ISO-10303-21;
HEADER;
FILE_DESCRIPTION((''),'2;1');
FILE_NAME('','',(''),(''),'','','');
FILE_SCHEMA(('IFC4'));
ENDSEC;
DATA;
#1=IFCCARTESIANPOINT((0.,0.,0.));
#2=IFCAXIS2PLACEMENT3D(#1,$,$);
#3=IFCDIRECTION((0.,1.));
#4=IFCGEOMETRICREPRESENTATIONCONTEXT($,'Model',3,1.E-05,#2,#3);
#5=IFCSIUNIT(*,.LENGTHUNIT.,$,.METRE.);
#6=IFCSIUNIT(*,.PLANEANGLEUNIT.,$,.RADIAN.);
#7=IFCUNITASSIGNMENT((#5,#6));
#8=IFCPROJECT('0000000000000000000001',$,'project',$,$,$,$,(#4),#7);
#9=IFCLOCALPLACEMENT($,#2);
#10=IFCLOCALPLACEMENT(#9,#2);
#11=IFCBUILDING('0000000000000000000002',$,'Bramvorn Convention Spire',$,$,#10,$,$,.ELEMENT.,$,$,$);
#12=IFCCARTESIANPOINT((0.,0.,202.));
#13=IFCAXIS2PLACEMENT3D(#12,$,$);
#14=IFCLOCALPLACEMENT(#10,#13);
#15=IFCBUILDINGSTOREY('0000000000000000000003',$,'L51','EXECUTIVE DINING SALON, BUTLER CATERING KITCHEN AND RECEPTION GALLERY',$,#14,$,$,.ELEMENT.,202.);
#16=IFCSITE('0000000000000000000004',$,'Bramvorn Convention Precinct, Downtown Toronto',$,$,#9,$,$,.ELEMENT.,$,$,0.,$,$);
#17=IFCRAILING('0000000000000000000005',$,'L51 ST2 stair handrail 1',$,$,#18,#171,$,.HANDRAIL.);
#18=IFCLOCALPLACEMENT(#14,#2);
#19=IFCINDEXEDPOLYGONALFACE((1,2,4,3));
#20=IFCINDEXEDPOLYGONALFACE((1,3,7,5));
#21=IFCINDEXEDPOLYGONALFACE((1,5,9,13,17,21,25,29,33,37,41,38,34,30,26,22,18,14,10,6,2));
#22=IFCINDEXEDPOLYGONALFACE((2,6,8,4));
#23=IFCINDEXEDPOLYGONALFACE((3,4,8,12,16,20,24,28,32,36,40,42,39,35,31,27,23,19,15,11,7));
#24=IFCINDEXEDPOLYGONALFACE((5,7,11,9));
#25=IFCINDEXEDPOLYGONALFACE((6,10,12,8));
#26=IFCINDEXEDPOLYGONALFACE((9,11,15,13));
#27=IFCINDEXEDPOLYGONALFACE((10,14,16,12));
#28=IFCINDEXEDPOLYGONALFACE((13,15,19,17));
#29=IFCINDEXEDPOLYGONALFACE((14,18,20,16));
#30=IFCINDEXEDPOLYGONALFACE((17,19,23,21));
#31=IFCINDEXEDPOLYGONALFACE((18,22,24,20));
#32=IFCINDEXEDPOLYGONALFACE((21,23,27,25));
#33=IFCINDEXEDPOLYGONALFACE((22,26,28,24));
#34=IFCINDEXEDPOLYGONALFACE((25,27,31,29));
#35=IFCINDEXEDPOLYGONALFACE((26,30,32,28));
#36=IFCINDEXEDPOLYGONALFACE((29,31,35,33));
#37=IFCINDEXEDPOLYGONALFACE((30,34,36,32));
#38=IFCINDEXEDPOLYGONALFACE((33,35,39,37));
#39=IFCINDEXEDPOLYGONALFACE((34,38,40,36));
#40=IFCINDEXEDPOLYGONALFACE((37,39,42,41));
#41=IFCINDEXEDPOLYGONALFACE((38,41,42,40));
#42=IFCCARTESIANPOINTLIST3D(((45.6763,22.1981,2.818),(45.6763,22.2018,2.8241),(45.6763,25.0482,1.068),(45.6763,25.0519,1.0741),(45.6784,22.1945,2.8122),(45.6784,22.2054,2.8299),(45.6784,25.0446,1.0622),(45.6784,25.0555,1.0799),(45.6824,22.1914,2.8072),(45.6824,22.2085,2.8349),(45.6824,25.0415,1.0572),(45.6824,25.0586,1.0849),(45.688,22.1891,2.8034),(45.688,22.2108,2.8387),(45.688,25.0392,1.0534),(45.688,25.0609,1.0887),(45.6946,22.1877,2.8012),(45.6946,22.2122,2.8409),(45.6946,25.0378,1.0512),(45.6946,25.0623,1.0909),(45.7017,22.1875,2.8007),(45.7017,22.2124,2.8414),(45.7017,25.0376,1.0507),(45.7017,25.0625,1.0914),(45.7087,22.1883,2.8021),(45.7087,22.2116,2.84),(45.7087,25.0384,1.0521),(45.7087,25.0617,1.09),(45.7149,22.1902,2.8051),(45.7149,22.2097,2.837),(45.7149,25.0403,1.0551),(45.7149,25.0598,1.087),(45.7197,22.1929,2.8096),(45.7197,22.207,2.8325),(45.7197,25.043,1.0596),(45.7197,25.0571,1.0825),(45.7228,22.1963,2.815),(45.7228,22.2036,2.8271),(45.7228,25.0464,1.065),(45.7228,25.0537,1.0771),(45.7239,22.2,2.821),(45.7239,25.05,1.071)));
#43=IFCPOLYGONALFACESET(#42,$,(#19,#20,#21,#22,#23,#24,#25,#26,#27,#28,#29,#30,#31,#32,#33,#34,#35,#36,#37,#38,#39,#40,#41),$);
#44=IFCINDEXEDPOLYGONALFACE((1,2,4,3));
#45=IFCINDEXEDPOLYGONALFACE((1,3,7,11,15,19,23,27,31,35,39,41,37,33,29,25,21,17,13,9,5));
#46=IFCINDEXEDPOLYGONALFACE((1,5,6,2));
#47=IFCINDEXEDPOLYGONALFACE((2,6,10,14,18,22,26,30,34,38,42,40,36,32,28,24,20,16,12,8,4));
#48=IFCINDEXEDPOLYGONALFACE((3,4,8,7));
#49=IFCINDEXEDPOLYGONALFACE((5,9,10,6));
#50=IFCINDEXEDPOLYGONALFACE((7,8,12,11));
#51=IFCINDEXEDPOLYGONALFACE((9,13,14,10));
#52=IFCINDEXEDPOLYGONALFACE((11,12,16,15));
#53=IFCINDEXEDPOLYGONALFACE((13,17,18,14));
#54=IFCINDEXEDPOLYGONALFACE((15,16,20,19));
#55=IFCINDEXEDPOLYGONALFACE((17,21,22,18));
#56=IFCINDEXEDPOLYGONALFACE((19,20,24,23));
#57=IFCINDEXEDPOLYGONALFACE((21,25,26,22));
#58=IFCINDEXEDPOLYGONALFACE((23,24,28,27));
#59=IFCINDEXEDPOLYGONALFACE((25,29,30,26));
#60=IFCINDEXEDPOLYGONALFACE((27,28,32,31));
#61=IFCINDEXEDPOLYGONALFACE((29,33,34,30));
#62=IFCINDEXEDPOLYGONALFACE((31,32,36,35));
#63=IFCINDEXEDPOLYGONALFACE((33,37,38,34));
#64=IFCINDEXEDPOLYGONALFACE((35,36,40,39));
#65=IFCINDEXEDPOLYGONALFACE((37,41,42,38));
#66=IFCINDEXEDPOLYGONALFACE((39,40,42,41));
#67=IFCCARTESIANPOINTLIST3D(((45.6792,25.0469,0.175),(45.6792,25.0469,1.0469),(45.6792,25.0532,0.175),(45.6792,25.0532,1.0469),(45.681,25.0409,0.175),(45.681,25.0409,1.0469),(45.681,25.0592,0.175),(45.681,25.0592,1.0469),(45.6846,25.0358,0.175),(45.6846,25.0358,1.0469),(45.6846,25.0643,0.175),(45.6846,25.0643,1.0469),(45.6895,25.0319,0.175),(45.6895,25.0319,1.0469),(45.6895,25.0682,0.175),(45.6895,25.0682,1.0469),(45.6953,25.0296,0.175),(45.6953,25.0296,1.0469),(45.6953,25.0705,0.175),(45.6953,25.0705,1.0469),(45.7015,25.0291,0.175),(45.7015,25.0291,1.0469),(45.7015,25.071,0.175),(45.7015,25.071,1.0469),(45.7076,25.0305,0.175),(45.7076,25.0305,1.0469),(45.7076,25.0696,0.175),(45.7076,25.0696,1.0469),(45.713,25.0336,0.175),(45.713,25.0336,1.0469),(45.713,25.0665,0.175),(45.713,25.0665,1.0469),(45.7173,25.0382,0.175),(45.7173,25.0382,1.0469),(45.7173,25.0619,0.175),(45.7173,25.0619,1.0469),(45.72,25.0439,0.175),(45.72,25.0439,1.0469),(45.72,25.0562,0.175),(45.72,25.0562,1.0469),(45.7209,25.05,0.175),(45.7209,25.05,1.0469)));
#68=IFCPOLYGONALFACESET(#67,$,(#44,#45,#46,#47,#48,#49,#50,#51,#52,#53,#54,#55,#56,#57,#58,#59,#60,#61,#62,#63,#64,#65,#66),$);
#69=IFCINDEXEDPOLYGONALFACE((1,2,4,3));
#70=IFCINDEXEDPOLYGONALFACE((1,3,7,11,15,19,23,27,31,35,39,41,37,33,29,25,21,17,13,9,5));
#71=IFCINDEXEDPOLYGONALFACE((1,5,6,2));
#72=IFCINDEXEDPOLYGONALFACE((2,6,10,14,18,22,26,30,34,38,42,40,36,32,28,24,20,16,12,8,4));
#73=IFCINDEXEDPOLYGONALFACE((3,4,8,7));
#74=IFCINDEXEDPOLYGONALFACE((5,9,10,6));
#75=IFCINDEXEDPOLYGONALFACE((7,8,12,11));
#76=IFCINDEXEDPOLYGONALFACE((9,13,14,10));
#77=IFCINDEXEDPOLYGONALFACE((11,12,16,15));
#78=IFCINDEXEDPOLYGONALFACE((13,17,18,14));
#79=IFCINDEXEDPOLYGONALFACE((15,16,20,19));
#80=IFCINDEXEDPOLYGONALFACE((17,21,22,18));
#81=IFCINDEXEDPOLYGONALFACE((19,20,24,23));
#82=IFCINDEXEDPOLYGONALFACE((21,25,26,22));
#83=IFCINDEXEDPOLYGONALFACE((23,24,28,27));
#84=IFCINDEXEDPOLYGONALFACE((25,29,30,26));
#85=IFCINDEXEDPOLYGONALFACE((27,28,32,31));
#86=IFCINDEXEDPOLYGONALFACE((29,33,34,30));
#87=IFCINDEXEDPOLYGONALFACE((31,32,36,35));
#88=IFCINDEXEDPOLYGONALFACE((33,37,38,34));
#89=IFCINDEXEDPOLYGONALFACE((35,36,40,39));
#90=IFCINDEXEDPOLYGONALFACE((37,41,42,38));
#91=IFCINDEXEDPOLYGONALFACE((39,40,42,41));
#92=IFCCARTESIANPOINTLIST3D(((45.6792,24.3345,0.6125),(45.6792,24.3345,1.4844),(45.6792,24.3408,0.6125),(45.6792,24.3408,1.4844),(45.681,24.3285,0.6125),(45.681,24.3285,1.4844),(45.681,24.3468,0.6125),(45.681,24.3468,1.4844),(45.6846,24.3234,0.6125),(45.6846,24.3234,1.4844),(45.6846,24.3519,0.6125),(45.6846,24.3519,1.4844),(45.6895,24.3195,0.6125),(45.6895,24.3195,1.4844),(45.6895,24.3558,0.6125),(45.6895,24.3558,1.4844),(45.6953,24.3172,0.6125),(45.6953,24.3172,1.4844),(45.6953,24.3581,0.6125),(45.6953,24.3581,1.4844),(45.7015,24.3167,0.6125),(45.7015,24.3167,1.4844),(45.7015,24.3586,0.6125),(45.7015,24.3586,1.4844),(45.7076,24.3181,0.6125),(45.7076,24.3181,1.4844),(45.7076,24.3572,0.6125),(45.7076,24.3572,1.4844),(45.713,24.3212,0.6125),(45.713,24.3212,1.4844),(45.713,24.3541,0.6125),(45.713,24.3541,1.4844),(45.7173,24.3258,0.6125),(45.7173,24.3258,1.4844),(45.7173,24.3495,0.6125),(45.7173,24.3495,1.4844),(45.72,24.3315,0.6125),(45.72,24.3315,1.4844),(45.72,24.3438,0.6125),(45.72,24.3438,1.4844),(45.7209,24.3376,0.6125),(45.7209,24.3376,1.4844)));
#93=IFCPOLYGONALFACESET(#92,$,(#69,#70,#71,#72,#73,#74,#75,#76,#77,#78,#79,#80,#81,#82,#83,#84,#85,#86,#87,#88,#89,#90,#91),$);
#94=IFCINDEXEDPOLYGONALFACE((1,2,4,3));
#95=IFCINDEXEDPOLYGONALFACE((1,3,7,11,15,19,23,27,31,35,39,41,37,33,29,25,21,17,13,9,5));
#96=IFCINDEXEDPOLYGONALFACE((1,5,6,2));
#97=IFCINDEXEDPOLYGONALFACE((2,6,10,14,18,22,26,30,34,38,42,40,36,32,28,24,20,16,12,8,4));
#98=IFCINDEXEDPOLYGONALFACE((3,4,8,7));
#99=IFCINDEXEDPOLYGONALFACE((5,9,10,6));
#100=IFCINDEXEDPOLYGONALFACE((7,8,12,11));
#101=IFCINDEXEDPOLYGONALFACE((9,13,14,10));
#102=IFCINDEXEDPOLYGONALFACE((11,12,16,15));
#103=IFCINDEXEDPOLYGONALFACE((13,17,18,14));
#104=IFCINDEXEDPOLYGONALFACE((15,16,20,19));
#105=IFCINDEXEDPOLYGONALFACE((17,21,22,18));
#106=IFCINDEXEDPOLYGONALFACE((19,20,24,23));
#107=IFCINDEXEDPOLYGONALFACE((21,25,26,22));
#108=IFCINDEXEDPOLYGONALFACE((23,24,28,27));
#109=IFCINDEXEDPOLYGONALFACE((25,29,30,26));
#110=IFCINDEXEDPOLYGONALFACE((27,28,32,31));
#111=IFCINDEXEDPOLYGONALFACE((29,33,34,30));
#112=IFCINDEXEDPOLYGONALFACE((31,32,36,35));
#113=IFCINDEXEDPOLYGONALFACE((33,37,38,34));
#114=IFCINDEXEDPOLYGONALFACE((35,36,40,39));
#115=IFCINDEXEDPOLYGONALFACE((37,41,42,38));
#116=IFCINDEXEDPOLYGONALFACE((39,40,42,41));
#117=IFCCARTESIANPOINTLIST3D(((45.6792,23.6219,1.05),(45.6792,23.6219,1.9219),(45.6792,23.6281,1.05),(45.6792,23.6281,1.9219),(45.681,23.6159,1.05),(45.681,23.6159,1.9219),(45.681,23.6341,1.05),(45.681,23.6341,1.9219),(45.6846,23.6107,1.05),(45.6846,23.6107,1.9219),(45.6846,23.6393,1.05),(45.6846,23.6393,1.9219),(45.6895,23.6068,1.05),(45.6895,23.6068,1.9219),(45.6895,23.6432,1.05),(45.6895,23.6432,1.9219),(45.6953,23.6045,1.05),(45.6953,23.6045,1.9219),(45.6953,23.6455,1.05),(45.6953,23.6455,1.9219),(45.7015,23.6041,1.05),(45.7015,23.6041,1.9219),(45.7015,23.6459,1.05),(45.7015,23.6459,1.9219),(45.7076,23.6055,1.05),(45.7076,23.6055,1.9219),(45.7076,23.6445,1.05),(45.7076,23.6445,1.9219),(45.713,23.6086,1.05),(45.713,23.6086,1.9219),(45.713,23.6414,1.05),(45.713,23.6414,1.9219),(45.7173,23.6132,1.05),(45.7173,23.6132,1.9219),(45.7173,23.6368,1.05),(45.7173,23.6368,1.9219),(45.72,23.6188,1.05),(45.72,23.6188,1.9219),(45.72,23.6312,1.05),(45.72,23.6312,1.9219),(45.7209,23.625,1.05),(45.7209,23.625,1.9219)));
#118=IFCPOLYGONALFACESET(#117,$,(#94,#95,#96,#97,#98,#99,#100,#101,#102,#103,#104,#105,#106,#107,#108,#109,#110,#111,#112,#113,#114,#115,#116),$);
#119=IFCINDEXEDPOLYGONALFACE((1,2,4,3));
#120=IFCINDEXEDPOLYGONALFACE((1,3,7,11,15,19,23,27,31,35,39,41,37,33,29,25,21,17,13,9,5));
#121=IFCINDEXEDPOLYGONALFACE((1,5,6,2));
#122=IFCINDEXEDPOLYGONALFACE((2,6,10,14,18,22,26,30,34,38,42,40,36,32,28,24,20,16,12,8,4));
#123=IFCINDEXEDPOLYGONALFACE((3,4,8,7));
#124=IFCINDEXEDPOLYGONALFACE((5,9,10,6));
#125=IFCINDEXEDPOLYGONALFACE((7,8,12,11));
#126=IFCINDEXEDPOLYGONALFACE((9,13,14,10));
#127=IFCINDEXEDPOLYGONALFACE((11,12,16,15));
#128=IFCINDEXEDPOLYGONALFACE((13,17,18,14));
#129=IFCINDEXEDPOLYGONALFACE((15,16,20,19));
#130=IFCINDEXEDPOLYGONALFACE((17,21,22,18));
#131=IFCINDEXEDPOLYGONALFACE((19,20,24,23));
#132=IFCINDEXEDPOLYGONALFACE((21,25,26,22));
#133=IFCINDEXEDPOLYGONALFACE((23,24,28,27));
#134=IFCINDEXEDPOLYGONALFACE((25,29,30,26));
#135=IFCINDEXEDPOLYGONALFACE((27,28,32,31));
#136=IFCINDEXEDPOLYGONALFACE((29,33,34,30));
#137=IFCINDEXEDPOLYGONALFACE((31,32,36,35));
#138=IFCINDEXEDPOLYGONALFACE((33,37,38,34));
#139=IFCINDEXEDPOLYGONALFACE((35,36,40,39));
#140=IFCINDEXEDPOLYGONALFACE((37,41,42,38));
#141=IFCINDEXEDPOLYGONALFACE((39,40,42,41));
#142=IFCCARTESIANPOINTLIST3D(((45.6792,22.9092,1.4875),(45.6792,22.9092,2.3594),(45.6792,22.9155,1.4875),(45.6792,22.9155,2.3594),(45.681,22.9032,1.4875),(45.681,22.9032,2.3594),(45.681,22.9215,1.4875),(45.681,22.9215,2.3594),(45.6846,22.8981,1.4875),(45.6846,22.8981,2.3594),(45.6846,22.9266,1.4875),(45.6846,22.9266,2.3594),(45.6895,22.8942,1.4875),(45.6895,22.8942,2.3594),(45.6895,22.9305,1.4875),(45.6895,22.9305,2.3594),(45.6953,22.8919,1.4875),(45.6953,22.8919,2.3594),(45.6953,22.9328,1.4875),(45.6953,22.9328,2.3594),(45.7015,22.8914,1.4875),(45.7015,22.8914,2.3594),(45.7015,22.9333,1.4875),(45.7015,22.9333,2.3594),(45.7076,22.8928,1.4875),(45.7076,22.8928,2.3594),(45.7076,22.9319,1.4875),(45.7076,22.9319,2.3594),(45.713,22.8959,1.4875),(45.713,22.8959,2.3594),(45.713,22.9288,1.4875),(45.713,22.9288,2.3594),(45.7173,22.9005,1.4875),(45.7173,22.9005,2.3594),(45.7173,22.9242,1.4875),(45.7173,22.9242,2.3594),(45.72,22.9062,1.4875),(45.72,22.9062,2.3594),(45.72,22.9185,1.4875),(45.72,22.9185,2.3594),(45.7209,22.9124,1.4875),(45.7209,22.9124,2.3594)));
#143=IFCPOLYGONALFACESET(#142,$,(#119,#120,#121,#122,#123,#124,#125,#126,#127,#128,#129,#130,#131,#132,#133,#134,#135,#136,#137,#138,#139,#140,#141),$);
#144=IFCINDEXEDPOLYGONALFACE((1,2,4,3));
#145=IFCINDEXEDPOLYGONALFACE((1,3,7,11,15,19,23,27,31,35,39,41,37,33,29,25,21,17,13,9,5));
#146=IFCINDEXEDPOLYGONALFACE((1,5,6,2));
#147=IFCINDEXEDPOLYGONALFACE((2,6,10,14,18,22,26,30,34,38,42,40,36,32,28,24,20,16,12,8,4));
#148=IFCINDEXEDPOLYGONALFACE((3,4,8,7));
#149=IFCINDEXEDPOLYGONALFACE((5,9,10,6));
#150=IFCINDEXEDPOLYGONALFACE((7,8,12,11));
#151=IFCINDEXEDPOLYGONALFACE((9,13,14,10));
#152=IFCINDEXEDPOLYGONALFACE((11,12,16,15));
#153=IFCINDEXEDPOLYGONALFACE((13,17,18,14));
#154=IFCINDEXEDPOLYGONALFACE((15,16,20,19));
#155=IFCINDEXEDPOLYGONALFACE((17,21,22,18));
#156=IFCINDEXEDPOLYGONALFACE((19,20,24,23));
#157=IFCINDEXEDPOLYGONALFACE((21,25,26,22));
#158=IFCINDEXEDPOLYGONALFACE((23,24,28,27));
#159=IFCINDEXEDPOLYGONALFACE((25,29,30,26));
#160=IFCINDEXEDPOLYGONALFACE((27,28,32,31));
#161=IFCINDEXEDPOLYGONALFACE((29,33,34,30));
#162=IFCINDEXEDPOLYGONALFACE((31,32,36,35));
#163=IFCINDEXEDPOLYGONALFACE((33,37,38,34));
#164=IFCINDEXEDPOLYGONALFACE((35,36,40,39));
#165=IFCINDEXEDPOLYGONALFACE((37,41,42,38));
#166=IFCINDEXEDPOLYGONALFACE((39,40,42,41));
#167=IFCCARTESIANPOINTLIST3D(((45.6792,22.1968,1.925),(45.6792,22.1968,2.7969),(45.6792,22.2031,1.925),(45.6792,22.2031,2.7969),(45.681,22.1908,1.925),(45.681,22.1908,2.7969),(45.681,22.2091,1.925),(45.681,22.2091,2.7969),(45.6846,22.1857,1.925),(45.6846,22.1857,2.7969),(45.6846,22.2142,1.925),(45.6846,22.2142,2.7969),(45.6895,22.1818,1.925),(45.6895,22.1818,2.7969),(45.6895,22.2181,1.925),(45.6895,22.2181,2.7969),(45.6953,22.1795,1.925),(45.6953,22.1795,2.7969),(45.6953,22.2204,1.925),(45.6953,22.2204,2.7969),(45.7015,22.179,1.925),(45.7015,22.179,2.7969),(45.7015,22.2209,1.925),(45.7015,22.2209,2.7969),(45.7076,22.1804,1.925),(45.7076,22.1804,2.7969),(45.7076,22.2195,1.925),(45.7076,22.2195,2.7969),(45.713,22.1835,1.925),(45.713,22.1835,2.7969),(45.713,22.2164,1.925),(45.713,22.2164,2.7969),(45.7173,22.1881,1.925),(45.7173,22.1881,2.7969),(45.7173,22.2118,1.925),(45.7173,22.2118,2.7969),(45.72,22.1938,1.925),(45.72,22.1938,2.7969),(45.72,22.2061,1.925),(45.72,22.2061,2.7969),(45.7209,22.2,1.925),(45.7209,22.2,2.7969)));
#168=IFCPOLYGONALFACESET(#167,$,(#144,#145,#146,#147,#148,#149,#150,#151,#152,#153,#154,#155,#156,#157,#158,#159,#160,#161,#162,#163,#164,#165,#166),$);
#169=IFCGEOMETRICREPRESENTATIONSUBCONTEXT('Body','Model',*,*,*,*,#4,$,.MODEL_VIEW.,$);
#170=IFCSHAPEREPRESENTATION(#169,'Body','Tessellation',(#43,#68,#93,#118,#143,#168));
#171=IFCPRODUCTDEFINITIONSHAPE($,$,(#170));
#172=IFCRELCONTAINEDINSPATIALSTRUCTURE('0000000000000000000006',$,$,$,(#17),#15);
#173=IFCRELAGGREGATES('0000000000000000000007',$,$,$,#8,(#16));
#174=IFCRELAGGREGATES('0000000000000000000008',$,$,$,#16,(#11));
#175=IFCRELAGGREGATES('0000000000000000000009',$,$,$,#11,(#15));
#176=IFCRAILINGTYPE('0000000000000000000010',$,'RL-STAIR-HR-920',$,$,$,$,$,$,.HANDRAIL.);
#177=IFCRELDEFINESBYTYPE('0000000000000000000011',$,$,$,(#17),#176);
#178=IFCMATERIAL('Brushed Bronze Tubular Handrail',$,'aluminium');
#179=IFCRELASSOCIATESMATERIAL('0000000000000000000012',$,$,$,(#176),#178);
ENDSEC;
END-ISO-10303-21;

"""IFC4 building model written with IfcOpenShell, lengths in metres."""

from ifc_helpers import new_model, si_unit, direction, frame, origin, origin_2d, place, context, subcontext, project, spatial, circle, extrude, material, type_object, element, save


model = new_model("IFC4")

# Units and contexts
model_context = context("Model", 3, precision=1e-05, world=origin(), true_north=direction((0.0, 1.0)))
body_context = subcontext(model_context, "Body", "Model", "MODEL_VIEW")
ifc_project = project(units=[si_unit("LENGTHUNIT", "METRE"), si_unit("PLANEANGLEUNIT", "RADIAN")], contexts=[model_context])

# Site, building, storey
site_placement = place(None, origin())
site = spatial("IfcSite", under=ifc_project, at=site_placement, Name="Bramvorn Convention Precinct, Downtown Toronto", CompositionType="ELEMENT", RefElevation=0.0)
building_placement = place(site_placement, origin())
building = spatial("IfcBuilding", under=site, at=building_placement, Name="Bramvorn Convention Spire", CompositionType="ELEMENT")
storey_placement = place(building_placement, frame((0.0, 0.0, 202.0)))
storey = spatial("IfcBuildingStorey", under=building, at=storey_placement, Name="L51", Description="EXECUTIVE DINING SALON, BUTLER CATERING KITCHEN AND RECEPTION GALLERY", CompositionType="ELEMENT", Elevation=202.0)

# Railing
ifc_material_1 = material(Name="Brushed Bronze Tubular Handrail", Category="aluminium")
railing_type_1 = type_object("IfcRailingType", Name="RL-STAIR-HR-920", PredefinedType="HANDRAIL", material=ifc_material_1)
railing_1_placement = place(storey_placement, frame((45.7, 25.05, 0.175)))
element("IfcRailing", 1, at=railing_1_placement, inside=storey, type_object=railing_type_1, Name="L51 ST2 stair handrail 1", PredefinedType="HANDRAIL", context=body_context, shape_type="SweptSolid", body=[
    extrude(circle(Radius=0.0239, at=origin_2d()), frame((0.0, 0.0, 0.896), z_axis=(0.0, -0.852179, 0.52325), x_axis=(1.0, 0.0, 0.0)), (0.0, 0.0, 1.0), 3.3445),
    extrude(circle(Radius=0.021, at=origin_2d()), origin(), (0.0, 0.0, 1.0), 0.8718),
    extrude(circle(Radius=0.021, at=origin_2d()), frame((0.0, -0.7124, 0.4375)), (0.0, 0.0, 1.0), 0.8718),
    extrude(circle(Radius=0.021, at=origin_2d()), frame((0.0, -1.425, 0.875)), (0.0, 0.0, 1.0), 0.8718),
    extrude(circle(Radius=0.021, at=origin_2d()), frame((0.0, -2.1377, 1.3125)), (0.0, 0.0, 1.0), 0.8718),
    extrude(circle(Radius=0.021, at=origin_2d()), frame((0.0, -2.8501, 1.75)), (0.0, 0.0, 1.0), 0.8718),
])

save(model, "model.ifc")
